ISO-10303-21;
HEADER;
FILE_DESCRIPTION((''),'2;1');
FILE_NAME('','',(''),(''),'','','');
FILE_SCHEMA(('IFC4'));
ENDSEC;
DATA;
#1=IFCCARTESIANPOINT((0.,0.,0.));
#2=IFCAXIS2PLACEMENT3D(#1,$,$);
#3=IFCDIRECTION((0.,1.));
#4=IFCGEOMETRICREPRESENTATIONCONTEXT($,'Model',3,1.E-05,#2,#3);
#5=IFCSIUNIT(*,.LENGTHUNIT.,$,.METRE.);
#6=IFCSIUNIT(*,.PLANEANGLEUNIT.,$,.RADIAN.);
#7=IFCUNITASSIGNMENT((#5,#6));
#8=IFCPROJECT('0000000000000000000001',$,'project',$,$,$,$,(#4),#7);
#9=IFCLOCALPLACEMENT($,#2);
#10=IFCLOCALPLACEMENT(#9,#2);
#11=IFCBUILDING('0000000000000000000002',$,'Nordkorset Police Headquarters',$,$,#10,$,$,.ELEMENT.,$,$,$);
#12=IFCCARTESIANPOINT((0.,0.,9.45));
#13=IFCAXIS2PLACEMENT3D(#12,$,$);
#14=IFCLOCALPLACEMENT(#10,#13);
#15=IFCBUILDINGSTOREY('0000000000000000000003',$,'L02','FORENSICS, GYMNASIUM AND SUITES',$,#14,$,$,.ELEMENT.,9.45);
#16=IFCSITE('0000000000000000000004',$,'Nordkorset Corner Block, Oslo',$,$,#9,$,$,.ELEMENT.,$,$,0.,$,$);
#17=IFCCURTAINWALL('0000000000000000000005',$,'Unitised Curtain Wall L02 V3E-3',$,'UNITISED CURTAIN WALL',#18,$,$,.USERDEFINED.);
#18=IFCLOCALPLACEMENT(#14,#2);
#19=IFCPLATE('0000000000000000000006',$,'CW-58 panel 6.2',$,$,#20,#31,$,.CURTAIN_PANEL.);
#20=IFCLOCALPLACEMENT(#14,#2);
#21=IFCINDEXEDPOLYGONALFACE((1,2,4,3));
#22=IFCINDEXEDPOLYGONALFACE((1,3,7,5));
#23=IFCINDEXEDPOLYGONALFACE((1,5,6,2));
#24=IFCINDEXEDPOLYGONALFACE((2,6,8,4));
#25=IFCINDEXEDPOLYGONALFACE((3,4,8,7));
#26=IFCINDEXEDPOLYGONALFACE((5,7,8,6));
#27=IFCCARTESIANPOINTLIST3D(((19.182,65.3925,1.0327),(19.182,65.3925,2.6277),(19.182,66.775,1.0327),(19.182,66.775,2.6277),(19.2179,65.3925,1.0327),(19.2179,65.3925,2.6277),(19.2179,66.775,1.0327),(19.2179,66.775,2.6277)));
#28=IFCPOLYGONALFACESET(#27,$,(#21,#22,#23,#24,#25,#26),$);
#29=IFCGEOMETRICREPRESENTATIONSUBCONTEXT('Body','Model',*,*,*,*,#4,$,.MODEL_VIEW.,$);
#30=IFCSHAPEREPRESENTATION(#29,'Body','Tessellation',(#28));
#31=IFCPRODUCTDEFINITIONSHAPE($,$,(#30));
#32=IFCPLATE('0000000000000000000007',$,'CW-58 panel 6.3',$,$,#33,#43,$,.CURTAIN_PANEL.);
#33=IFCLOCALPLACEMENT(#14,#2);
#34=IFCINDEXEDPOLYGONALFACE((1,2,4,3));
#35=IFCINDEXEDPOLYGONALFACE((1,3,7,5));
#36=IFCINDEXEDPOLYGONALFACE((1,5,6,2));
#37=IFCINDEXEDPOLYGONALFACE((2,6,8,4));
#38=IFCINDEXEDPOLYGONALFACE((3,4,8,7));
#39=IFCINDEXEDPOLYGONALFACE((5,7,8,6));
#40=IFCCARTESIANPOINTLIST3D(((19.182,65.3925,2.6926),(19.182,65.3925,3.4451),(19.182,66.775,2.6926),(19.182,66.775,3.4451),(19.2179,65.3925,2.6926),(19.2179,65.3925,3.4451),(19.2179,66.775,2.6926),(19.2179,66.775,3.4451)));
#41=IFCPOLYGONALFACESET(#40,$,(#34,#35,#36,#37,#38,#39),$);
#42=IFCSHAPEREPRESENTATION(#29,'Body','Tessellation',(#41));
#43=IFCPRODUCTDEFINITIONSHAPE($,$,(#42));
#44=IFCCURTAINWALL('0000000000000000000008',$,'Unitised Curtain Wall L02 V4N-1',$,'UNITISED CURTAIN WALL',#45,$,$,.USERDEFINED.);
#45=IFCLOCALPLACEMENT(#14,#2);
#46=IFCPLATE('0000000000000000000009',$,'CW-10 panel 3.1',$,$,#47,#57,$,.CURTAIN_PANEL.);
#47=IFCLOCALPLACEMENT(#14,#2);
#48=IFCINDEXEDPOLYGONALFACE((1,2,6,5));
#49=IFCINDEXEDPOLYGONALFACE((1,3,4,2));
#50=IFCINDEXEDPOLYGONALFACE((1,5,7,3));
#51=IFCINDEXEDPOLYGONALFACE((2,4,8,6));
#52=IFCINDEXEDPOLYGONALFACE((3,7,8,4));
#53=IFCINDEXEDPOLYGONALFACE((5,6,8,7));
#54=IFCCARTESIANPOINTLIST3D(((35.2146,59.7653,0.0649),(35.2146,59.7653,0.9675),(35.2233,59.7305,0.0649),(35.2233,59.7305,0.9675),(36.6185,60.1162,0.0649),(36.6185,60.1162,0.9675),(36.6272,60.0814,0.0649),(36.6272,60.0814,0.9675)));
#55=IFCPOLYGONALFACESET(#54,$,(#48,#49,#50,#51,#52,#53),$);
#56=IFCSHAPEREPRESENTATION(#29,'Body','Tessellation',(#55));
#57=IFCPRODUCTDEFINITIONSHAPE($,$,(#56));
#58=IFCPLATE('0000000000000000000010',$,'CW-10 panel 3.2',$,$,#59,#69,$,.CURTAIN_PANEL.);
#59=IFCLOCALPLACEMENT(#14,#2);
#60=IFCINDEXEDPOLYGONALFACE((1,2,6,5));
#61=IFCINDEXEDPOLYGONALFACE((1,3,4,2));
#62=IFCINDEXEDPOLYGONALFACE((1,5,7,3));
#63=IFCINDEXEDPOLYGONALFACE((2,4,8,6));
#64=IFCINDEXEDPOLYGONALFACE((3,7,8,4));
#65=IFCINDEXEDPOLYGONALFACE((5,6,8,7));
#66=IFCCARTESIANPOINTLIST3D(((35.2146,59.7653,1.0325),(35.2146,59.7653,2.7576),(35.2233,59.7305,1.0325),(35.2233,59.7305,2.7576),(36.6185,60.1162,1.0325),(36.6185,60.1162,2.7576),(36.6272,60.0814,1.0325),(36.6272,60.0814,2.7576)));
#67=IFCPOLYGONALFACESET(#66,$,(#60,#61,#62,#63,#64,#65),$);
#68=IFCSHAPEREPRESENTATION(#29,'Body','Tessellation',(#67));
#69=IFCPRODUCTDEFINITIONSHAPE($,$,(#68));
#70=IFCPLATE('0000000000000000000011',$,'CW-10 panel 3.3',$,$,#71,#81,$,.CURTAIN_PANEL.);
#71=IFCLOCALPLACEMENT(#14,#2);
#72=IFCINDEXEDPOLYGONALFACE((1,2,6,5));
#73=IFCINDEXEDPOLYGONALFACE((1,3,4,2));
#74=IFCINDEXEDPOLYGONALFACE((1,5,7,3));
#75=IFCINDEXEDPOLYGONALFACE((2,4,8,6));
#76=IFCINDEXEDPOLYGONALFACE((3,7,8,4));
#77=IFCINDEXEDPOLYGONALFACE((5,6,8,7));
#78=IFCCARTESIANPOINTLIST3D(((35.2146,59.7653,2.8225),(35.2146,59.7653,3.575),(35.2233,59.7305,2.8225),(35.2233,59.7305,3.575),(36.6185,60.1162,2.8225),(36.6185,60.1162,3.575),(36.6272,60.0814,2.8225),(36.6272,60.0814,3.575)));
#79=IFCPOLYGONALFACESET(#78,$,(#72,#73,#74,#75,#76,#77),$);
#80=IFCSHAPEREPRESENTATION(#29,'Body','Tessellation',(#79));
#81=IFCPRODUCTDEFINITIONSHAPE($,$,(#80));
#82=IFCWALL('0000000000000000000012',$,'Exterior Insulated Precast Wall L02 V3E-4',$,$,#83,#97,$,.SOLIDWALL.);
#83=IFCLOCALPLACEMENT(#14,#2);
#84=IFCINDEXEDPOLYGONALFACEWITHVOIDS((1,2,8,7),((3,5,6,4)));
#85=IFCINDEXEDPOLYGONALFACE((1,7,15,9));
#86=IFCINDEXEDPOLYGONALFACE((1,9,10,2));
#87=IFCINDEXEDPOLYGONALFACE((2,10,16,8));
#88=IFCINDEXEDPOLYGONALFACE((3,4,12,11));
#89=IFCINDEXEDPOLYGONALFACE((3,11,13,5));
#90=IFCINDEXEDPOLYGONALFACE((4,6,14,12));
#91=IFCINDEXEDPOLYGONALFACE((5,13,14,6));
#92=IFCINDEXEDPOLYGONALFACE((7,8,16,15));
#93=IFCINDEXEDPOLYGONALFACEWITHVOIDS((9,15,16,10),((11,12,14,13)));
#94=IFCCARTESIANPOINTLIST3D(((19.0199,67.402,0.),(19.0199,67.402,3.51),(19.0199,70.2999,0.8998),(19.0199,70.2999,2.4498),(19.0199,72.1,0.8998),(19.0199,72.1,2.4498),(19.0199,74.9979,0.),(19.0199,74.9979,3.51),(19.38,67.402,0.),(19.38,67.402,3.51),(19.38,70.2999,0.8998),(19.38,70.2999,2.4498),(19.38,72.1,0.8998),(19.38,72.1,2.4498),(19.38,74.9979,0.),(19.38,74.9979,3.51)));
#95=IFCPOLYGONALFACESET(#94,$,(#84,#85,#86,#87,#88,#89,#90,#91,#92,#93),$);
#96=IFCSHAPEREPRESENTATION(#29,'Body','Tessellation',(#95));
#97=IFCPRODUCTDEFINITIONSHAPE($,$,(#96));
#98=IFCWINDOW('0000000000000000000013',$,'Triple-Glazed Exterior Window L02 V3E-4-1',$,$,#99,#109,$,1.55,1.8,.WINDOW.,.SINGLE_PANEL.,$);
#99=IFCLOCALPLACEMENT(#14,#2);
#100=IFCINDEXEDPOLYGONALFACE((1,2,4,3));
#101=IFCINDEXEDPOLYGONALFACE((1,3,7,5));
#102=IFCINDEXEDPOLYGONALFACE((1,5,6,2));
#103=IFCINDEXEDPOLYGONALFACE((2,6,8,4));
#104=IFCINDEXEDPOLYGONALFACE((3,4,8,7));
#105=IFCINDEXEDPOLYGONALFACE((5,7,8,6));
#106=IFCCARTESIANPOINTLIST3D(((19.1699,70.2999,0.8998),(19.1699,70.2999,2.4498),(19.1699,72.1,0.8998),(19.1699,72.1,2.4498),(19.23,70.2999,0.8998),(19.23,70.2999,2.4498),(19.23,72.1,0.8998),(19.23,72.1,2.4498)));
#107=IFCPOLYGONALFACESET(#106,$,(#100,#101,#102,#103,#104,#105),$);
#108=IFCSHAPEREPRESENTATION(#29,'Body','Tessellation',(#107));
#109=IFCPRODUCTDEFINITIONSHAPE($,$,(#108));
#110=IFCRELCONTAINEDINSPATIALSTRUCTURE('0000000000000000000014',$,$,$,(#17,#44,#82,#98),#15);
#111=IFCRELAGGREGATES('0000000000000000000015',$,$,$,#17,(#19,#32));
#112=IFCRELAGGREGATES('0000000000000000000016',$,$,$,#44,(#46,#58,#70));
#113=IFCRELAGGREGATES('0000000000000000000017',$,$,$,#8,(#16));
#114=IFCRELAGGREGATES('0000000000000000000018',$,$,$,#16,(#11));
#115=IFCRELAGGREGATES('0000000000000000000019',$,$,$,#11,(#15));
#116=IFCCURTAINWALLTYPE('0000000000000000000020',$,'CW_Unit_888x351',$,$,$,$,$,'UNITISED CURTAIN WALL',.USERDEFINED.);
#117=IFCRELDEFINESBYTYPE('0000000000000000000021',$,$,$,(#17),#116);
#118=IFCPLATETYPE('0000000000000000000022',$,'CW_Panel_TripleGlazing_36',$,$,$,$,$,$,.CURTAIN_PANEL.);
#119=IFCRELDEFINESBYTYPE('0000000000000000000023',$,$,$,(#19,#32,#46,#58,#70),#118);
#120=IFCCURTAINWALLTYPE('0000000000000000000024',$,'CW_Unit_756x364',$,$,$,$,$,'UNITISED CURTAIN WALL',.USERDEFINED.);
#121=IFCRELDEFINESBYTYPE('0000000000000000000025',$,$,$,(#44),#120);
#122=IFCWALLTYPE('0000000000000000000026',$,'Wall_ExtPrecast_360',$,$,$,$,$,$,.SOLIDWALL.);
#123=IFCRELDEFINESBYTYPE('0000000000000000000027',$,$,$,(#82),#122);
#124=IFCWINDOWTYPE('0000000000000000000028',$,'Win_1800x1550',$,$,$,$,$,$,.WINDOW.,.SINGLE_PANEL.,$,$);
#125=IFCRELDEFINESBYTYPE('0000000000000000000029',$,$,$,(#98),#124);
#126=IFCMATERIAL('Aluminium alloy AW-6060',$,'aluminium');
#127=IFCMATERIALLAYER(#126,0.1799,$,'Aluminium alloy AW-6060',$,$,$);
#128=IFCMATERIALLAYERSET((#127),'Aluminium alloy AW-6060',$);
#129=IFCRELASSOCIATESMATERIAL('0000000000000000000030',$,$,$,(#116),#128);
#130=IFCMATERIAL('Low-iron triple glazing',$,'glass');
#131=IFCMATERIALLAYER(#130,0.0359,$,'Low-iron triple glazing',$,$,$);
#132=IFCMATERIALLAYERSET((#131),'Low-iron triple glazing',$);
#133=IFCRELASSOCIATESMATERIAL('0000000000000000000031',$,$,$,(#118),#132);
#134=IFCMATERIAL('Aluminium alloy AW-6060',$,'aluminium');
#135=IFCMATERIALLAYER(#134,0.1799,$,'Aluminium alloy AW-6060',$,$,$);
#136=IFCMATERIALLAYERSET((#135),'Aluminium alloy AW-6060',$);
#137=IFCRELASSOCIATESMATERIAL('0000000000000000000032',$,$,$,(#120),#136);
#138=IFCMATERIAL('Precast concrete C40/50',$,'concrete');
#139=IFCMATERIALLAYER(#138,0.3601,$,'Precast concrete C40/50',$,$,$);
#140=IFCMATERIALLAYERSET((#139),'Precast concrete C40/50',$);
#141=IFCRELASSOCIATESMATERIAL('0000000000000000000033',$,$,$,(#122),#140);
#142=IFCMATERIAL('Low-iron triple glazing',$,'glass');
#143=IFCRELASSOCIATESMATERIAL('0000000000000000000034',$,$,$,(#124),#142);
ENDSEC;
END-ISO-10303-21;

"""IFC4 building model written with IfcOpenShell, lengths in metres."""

from ifc_helpers import new_model, si_unit, direction, frame, frame_2d, origin, origin_2d, place, context, subcontext, project, spatial, rectangle, extrude, material, layer, layer_set, type_object, element, fill, aggregate, save


model = new_model("IFC4")

# Units and contexts
model_context = context("Model", 3, precision=1e-05, world=origin(), true_north=direction((0.0, 1.0)))
body_context = subcontext(model_context, "Body", "Model", "MODEL_VIEW")
ifc_project = project(units=[si_unit("LENGTHUNIT", "METRE"), si_unit("PLANEANGLEUNIT", "RADIAN")], contexts=[model_context])

# Site, building, storey
site_placement = place(None, origin())
site = spatial("IfcSite", under=ifc_project, at=site_placement, Name="Nordkorset Corner Block, Oslo", CompositionType="ELEMENT", RefElevation=0.0)
building_placement = place(site_placement, origin())
building = spatial("IfcBuilding", under=site, at=building_placement, Name="Nordkorset Police Headquarters", CompositionType="ELEMENT")
storey_placement = place(building_placement, frame((0.0, 0.0, 9.45)))
storey = spatial("IfcBuildingStorey", under=building, at=storey_placement, Name="L02", Description="FORENSICS, GYMNASIUM AND SUITES", CompositionType="ELEMENT", Elevation=9.45)

# Curtain wall
ifc_material_1 = material(Name="Aluminium alloy AW-6060", Category="aluminium")
ifc_layer_1 = layer(ifc_material_1, 0.1799, Name="Aluminium alloy AW-6060")
ifc_layer_set_1 = layer_set([ifc_layer_1], Name="Aluminium alloy AW-6060")
curtain_wall_type_1 = type_object("IfcCurtainWallType", Name="CW_Unit_888x351", ElementType="UNITISED CURTAIN WALL", PredefinedType="USERDEFINED", material=ifc_layer_set_1)
curtain_wall_1_placement = place(storey_placement, origin())
curtain_wall_1 = element("IfcCurtainWall", 1, at=curtain_wall_1_placement, inside=storey, type_object=curtain_wall_type_1, Name="Unitised Curtain Wall L02 V3E-3", ObjectType="UNITISED CURTAIN WALL", PredefinedType="USERDEFINED")

# Plates
ifc_material_2 = material(Name="Low-iron triple glazing", Category="glass")
ifc_layer_2 = layer(ifc_material_2, 0.0359, Name="Low-iron triple glazing")
ifc_layer_set_2 = layer_set([ifc_layer_2], Name="Low-iron triple glazing")
plate_type = type_object("IfcPlateType", Name="CW_Panel_TripleGlazing_36", PredefinedType="CURTAIN_PANEL", material=ifc_layer_set_2)
plate_1_placement = place(storey_placement, frame((19.2, 66.0837, 1.0327), z_axis=(0.0, 0.0, 1.0), x_axis=(0.0, 1.0, 0.0)))
plate_1 = element("IfcPlate", 2, at=plate_1_placement, type_object=plate_type, Name="CW-58 panel 6.2", PredefinedType="CURTAIN_PANEL", context=body_context, shape_type="SweptSolid", body=[
    extrude(rectangle(XDim=1.3826, YDim=0.0359, at=origin_2d()), origin(), (0.0, 0.0, 1.0), 1.595),
])
plate_2_placement = place(storey_placement, frame((19.2, 66.0837, 2.6926), z_axis=(0.0, 0.0, 1.0), x_axis=(0.0, 1.0, 0.0)))
plate_2 = element("IfcPlate", 3, at=plate_2_placement, type_object=plate_type, Name="CW-58 panel 6.3", PredefinedType="CURTAIN_PANEL", context=body_context, shape_type="SweptSolid", body=[
    extrude(rectangle(XDim=1.3826, YDim=0.0359, at=origin_2d()), origin(), (0.0, 0.0, 1.0), 0.7524),
])
aggregate(curtain_wall_1, [plate_1, plate_2])

# Curtain wall, plates
ifc_material_3 = material(Name="Aluminium alloy AW-6060", Category="aluminium")
ifc_layer_3 = layer(ifc_material_3, 0.1799, Name="Aluminium alloy AW-6060")
ifc_layer_set_3 = layer_set([ifc_layer_3], Name="Aluminium alloy AW-6060")
curtain_wall_type_2 = type_object("IfcCurtainWallType", Name="CW_Unit_756x364", ElementType="UNITISED CURTAIN WALL", PredefinedType="USERDEFINED", material=ifc_layer_set_3)
curtain_wall_2_placement = place(storey_placement, origin())
curtain_wall_2 = element("IfcCurtainWall", 4, at=curtain_wall_2_placement, inside=storey, type_object=curtain_wall_type_2, Name="Unitised Curtain Wall L02 V4N-1", ObjectType="UNITISED CURTAIN WALL", PredefinedType="USERDEFINED")
plate_3_placement = place(storey_placement, frame((35.9209, 59.9233, 0.0649), z_axis=(0.0, 0.0, 1.0), x_axis=(0.970143, 0.242536, 0.0)))
plate_3 = element("IfcPlate", 5, at=plate_3_placement, type_object=plate_type, Name="CW-10 panel 3.1", PredefinedType="CURTAIN_PANEL", context=body_context, shape_type="SweptSolid", body=[
    extrude(rectangle(XDim=1.447, YDim=0.0359, at=origin_2d()), origin(), (0.0, 0.0, 1.0), 0.9026),
])
plate_4_placement = place(storey_placement, frame((35.9209, 59.9233, 1.0325), z_axis=(0.0, 0.0, 1.0), x_axis=(0.970143, 0.242536, 0.0)))
plate_4 = element("IfcPlate", 6, at=plate_4_placement, type_object=plate_type, Name="CW-10 panel 3.2", PredefinedType="CURTAIN_PANEL", context=body_context, shape_type="SweptSolid", body=[
    extrude(rectangle(XDim=1.447, YDim=0.0359, at=origin_2d()), origin(), (0.0, 0.0, 1.0), 1.7251),
])
plate_5_placement = place(storey_placement, frame((35.9209, 59.9233, 2.8225), z_axis=(0.0, 0.0, 1.0), x_axis=(0.970143, 0.242536, 0.0)))
plate_5 = element("IfcPlate", 7, at=plate_5_placement, type_object=plate_type, Name="CW-10 panel 3.3", PredefinedType="CURTAIN_PANEL", context=body_context, shape_type="SweptSolid", body=[
    extrude(rectangle(XDim=1.447, YDim=0.0359, at=origin_2d()), origin(), (0.0, 0.0, 1.0), 0.7524),
])
aggregate(curtain_wall_2, [plate_3, plate_4, plate_5])

# Wall, opening, window
ifc_material_4 = material(Name="Precast concrete C40/50", Category="concrete")
ifc_layer_4 = layer(ifc_material_4, 0.3601, Name="Precast concrete C40/50")
ifc_layer_set_4 = layer_set([ifc_layer_4], Name="Precast concrete C40/50")
wall_type = type_object("IfcWallType", Name="Wall_ExtPrecast_360", PredefinedType="SOLIDWALL", material=ifc_layer_set_4)
wall_placement = place(storey_placement, frame((19.2, 67.4021, 0.0), z_axis=(0.0, 0.0, 1.0), x_axis=(0.0, 1.0, 0.0)))
wall = element("IfcWall", 8, at=wall_placement, inside=storey, type_object=wall_type, Name="Exterior Insulated Precast Wall L02 V3E-4", PredefinedType="SOLIDWALL", context=body_context, shape_type="SweptSolid", body=[
    extrude(rectangle(XDim=7.5959, YDim=0.3601, at=frame_2d((3.7979, 0.0))), origin(), (0.0, 0.0, 1.0), 3.51),
])
opening_placement = place(wall_placement, frame((2.8979, 0.0, 0.8999)))
opening = element("IfcOpeningElement", 9, at=opening_placement, cuts=wall, PredefinedType="OPENING", context=body_context, shape_type="SweptSolid", body=[
    extrude(rectangle(XDim=1.8, YDim=1.55, at=frame_2d((0.8999, 0.7749))), frame((0.0, 0.1899, 0.0), z_axis=(0.0, -1.0, 0.0), x_axis=(1.0, 0.0, 0.0)), (0.0, 0.0, 1.0), 0.3801),
])
ifc_material_5 = material(Name="Low-iron triple glazing", Category="glass")
window_type = type_object("IfcWindowType", Name="Win_1800x1550", PartitioningType="SINGLE_PANEL", PredefinedType="WINDOW", material=ifc_material_5)
window_placement = place(opening_placement, origin())
window = element("IfcWindow", 10, at=window_placement, inside=storey, type_object=window_type, Name="Triple-Glazed Exterior Window L02 V3E-4-1", OverallHeight=1.55, OverallWidth=1.8, PartitioningType="SINGLE_PANEL", PredefinedType="WINDOW", context=body_context, shape_type="SweptSolid", body=[
    extrude(rectangle(XDim=1.8, YDim=1.55, at=frame_2d((0.8999, 0.7749))), frame((0.0, 0.03, 0.0), z_axis=(0.0, -1.0, 0.0), x_axis=(1.0, 0.0, 0.0)), (0.0, 0.0, 1.0), 0.0601),
])
fill(opening, window)

save(model, "model.ifc")
